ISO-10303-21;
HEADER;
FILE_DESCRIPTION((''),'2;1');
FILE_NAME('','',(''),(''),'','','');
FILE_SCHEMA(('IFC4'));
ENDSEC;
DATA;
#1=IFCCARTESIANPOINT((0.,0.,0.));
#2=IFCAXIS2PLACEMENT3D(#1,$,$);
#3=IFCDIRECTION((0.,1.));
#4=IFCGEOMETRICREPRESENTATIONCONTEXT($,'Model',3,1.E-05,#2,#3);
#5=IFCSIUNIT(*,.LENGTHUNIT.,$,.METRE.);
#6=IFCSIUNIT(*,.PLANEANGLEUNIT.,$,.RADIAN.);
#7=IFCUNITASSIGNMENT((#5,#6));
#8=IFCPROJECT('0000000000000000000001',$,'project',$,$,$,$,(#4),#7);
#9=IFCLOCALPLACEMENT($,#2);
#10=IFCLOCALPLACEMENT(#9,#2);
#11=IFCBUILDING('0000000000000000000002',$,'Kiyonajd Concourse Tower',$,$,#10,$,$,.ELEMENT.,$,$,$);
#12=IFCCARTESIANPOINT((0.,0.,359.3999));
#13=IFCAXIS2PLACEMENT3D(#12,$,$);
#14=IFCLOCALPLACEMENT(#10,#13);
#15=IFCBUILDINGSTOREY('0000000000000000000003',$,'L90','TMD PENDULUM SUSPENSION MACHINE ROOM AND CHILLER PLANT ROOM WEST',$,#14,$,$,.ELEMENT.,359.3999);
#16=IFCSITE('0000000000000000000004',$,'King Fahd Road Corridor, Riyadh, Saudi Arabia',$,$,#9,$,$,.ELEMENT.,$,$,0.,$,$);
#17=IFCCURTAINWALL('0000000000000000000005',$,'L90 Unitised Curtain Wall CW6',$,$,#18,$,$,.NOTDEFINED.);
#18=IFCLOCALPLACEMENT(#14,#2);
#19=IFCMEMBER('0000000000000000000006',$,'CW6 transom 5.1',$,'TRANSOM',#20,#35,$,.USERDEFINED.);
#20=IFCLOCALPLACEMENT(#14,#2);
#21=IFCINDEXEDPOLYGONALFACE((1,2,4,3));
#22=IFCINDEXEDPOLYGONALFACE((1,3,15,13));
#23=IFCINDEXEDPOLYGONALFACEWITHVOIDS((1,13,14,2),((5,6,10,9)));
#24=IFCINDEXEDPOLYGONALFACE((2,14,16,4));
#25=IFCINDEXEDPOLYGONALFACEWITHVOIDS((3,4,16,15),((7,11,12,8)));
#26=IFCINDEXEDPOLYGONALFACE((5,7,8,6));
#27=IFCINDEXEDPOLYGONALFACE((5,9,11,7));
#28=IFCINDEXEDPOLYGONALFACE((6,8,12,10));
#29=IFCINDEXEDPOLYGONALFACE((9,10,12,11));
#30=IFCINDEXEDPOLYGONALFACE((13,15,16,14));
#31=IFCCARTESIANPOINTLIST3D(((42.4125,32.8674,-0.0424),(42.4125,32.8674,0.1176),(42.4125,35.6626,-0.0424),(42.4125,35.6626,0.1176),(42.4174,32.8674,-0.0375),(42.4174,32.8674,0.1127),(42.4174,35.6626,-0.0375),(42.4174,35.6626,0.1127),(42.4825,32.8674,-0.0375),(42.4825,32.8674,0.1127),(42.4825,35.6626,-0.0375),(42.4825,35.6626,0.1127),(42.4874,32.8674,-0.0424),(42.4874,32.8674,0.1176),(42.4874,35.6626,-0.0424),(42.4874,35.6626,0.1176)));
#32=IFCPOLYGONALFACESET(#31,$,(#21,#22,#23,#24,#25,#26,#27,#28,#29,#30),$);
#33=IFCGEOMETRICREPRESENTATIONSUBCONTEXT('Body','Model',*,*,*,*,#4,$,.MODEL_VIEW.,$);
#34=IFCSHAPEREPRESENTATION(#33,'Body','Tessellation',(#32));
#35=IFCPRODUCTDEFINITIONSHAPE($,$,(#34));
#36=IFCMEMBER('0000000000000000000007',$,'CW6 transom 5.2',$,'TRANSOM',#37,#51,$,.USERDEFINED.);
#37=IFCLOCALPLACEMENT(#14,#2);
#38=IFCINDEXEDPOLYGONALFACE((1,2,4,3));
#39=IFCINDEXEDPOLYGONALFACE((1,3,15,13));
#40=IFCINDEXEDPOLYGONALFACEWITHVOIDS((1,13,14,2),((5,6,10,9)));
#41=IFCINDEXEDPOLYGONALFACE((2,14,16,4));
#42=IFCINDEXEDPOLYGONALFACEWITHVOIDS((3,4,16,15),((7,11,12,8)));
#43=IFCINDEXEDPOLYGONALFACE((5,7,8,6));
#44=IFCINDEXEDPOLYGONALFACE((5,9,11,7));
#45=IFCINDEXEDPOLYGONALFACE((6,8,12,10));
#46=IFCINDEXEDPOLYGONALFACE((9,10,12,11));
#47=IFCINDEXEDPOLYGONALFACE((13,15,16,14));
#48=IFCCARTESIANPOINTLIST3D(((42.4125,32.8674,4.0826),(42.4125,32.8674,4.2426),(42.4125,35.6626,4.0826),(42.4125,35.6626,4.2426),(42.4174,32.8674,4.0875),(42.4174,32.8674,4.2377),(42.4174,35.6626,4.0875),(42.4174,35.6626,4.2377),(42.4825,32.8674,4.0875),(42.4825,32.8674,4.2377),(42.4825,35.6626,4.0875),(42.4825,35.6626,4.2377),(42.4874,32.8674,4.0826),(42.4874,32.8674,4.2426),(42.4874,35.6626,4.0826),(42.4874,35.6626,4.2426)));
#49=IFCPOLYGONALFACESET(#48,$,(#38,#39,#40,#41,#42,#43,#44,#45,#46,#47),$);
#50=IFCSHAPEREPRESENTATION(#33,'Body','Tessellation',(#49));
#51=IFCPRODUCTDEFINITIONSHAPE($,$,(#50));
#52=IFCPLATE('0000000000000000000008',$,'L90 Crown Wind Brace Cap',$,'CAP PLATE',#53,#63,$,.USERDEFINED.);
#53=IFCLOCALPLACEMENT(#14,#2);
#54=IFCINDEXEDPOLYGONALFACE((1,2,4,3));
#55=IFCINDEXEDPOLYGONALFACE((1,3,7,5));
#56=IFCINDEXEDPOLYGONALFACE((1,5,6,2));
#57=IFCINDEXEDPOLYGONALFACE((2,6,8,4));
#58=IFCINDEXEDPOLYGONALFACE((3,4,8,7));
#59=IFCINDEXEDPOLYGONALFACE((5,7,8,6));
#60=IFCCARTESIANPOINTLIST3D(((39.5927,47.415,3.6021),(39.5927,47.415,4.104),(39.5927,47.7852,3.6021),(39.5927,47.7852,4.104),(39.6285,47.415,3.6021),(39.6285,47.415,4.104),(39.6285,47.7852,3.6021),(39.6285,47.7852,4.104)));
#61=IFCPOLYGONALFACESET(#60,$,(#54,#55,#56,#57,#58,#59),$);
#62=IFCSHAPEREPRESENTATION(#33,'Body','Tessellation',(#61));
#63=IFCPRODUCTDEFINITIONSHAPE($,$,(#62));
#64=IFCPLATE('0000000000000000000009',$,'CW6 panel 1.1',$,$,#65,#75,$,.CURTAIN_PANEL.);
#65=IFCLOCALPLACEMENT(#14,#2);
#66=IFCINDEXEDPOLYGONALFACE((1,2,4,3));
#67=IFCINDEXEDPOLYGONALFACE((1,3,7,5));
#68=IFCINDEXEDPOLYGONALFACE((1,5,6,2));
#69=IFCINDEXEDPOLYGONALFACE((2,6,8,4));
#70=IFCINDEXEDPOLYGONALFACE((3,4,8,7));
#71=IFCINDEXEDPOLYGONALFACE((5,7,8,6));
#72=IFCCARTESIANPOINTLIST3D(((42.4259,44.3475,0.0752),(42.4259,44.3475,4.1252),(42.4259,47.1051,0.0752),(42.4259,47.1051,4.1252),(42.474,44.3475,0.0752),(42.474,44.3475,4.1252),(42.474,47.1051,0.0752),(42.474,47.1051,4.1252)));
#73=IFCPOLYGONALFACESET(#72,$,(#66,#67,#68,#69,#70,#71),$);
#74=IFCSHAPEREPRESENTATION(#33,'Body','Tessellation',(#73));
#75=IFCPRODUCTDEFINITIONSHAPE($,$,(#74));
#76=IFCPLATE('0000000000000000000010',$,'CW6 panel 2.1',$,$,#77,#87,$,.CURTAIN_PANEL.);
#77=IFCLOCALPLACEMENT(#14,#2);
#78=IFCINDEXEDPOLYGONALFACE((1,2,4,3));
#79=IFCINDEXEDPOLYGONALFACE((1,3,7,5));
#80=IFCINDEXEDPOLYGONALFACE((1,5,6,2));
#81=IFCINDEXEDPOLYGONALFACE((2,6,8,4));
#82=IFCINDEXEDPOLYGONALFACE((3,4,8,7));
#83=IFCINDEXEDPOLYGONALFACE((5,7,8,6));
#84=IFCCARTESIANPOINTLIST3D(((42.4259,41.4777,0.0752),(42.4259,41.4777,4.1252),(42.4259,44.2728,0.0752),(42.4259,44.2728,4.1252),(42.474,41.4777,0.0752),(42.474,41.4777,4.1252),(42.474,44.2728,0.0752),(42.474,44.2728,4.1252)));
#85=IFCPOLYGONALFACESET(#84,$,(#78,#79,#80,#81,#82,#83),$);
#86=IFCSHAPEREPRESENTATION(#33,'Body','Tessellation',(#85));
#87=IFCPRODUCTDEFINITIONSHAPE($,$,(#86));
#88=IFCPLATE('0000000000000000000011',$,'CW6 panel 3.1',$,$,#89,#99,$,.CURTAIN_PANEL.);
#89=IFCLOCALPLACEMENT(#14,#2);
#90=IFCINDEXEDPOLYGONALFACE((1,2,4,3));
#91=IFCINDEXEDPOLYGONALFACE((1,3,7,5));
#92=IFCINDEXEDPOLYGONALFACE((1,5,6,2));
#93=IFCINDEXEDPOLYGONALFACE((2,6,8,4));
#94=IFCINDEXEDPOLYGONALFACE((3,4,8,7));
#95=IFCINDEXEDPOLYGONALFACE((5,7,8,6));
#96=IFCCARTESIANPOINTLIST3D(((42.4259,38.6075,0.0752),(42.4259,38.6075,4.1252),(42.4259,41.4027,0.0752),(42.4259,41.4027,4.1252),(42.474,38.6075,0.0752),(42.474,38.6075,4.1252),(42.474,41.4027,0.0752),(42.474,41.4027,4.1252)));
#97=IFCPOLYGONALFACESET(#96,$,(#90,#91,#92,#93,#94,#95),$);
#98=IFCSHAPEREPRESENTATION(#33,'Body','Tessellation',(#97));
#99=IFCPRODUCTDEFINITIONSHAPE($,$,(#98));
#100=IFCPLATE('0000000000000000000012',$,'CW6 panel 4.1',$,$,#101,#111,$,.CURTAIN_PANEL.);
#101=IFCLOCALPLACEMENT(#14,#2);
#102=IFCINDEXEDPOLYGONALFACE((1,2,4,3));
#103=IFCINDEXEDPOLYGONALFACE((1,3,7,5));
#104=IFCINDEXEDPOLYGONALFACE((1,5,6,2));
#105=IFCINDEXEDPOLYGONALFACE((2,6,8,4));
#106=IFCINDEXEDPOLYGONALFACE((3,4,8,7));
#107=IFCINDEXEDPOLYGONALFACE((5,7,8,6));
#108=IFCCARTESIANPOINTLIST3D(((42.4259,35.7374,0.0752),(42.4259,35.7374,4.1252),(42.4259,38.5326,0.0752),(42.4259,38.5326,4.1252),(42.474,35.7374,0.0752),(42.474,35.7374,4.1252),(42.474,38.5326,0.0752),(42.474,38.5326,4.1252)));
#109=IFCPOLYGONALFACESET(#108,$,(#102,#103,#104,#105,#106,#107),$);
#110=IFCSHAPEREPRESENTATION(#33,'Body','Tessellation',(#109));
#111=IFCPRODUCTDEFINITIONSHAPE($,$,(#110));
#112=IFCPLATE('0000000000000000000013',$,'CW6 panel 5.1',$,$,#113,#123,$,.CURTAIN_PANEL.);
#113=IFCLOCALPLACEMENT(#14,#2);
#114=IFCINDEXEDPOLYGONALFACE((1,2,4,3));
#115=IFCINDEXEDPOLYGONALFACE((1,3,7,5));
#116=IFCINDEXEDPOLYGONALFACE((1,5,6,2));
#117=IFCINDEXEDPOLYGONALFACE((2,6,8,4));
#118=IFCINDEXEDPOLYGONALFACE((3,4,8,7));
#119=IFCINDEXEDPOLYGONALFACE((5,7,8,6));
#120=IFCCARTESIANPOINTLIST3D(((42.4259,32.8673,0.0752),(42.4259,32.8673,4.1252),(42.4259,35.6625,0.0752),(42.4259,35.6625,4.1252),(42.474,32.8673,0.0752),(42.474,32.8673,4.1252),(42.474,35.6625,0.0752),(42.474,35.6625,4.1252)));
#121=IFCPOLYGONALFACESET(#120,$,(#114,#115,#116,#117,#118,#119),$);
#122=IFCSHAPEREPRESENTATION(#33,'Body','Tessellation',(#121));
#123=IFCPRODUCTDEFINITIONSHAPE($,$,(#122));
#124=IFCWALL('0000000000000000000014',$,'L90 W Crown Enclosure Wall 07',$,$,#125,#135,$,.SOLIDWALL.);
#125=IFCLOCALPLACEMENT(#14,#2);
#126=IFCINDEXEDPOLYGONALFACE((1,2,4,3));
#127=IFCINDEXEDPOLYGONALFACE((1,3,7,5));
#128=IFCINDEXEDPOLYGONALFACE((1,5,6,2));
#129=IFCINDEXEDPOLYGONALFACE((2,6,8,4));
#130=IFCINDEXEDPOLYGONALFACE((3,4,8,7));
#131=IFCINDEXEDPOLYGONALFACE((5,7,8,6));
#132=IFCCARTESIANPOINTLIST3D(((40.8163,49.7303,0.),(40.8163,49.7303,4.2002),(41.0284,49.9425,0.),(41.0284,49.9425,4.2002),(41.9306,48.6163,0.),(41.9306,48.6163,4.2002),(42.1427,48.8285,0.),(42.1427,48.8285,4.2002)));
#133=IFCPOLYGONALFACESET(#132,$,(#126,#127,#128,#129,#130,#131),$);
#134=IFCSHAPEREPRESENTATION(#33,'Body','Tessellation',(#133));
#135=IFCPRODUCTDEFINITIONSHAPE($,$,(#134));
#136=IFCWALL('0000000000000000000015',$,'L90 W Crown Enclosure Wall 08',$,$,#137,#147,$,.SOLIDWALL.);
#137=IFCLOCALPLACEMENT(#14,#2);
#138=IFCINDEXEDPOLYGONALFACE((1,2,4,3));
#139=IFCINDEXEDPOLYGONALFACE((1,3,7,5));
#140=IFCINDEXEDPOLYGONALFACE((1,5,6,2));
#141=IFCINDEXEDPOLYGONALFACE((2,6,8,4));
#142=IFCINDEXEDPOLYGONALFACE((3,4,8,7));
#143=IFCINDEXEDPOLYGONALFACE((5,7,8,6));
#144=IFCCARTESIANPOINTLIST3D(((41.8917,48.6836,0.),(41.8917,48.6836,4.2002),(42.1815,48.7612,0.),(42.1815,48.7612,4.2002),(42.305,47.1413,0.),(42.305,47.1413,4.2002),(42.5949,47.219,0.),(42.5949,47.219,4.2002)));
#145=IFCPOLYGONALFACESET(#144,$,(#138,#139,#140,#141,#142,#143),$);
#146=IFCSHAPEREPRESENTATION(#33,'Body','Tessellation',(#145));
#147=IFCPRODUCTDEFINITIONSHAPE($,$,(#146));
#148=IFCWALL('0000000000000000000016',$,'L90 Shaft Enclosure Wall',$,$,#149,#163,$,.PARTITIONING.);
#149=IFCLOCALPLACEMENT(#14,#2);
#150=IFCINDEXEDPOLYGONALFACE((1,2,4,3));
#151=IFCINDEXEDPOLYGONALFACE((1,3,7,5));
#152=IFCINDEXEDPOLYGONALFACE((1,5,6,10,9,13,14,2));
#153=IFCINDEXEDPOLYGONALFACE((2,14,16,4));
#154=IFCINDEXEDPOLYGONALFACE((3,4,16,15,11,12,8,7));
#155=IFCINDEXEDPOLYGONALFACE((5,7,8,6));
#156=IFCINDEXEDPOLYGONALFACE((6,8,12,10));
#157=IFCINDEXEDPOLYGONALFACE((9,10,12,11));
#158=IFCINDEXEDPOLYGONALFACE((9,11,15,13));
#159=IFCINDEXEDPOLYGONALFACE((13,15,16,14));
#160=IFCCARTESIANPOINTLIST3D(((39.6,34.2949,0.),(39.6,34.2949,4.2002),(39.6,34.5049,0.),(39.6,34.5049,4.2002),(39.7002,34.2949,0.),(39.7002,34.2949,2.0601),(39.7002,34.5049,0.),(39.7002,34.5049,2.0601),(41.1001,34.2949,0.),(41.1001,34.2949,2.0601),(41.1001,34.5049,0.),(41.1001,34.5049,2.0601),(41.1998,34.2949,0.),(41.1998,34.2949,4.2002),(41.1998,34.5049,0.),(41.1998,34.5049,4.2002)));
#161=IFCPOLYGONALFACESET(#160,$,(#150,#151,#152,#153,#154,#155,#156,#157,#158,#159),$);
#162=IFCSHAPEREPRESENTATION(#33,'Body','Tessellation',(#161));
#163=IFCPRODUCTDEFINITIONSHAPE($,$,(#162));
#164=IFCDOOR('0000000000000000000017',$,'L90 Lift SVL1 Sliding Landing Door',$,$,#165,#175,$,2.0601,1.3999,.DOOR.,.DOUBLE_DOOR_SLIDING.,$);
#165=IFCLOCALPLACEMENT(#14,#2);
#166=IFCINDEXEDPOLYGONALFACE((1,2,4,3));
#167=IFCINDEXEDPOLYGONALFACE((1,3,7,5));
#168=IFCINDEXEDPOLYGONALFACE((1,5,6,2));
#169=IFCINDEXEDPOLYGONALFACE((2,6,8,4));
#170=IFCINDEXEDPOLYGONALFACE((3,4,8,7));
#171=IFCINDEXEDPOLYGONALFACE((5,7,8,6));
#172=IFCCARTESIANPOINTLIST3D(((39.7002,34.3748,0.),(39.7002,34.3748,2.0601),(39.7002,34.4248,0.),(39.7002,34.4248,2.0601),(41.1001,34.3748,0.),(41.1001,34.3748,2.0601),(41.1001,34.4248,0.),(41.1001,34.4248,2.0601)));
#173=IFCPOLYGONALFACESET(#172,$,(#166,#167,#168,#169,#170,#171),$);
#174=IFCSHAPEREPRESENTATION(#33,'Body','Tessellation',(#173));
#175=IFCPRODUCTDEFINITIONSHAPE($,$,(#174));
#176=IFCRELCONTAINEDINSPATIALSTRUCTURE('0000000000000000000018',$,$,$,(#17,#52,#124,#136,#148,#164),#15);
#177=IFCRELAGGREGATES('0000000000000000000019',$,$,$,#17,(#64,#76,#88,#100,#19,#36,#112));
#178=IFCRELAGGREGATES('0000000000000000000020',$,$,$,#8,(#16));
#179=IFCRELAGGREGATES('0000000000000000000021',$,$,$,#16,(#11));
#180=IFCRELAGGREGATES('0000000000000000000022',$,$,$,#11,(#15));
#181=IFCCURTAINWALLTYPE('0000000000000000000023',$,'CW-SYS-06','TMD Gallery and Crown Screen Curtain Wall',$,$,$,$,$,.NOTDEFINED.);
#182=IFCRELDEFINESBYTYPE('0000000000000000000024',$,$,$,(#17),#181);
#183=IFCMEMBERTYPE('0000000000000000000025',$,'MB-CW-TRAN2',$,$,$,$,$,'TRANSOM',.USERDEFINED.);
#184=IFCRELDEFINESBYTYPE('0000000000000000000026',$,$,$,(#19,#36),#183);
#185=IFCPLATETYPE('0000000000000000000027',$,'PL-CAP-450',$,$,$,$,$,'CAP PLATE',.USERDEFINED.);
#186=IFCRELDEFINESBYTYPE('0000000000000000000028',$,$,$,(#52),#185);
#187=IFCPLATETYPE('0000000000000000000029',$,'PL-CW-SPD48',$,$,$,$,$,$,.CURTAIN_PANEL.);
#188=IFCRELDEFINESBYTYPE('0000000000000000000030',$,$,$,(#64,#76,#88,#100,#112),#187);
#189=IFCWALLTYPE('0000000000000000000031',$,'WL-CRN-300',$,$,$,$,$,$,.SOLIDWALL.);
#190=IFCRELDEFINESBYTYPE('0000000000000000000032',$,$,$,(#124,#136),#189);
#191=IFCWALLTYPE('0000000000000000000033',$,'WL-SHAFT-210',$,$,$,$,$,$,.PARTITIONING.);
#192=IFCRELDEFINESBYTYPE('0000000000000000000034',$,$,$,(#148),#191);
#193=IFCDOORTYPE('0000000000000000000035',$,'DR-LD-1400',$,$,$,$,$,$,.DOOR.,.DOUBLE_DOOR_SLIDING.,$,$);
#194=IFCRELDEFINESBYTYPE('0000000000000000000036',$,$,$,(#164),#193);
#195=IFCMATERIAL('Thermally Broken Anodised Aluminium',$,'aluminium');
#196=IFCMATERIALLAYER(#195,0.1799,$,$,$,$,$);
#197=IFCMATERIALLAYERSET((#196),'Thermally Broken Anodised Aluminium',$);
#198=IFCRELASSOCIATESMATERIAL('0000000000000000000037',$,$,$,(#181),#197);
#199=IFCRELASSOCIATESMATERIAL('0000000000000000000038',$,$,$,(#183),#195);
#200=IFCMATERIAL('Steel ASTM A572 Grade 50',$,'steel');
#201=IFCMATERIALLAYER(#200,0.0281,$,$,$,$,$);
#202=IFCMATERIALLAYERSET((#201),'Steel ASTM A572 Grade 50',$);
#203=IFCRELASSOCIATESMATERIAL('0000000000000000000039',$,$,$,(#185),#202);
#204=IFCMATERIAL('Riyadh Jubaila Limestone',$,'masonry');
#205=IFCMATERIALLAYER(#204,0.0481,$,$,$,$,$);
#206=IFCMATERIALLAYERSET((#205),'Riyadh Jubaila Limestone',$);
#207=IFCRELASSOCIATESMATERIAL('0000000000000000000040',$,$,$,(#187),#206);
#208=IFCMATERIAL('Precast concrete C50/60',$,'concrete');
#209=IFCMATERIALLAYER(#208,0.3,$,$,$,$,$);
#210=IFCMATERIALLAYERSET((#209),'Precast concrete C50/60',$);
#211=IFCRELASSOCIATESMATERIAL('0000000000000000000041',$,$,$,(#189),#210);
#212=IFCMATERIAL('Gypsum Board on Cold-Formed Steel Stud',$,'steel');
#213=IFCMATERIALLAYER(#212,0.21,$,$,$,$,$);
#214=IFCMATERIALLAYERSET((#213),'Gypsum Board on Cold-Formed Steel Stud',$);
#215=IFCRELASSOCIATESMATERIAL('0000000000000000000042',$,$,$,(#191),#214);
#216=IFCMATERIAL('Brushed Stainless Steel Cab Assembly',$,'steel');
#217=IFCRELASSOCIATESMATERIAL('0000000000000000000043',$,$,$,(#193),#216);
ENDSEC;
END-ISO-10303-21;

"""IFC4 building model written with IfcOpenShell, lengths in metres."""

from ifc_helpers import new_model, si_unit, direction, frame, frame_2d, origin, origin_2d, place, context, subcontext, project, spatial, rectangle, hollow_rectangle, extrude, material, layer, layer_set, material_profile, profile_set, type_object, element, fill, aggregate, save


model = new_model("IFC4")

# Units and contexts
model_context = context("Model", 3, precision=1e-05, world=origin(), true_north=direction((0.0, 1.0)))
body_context = subcontext(model_context, "Body", "Model", "MODEL_VIEW")
ifc_project = project(units=[si_unit("LENGTHUNIT", "METRE"), si_unit("PLANEANGLEUNIT", "RADIAN")], contexts=[model_context])

# Site, building, storey
site_placement = place(None, origin())
site = spatial("IfcSite", under=ifc_project, at=site_placement, Name="King Fahd Road Corridor, Riyadh, Saudi Arabia", CompositionType="ELEMENT", RefElevation=0.0)
building_placement = place(site_placement, origin())
building = spatial("IfcBuilding", under=site, at=building_placement, Name="Kiyonajd Concourse Tower", CompositionType="ELEMENT")
storey_placement = place(building_placement, frame((0.0, 0.0, 359.3999)))
storey = spatial("IfcBuildingStorey", under=building, at=storey_placement, Name="L90", Description="TMD PENDULUM SUSPENSION MACHINE ROOM AND CHILLER PLANT ROOM WEST", CompositionType="ELEMENT", Elevation=359.3999)

# Shared definitions
ifc_material_1 = material(Name="Steel ASTM A572 Grade 50", Category="steel")

# Curtain wall
ifc_material_2 = material(Name="Thermally Broken Anodised Aluminium", Category="aluminium")
ifc_layer_1 = layer(ifc_material_2, 0.1799)
ifc_layer_set_1 = layer_set([ifc_layer_1], Name="Thermally Broken Anodised Aluminium")
curtain_wall_type = type_object("IfcCurtainWallType", Name="CW-SYS-06", Description="TMD Gallery and Crown Screen Curtain Wall", PredefinedType="NOTDEFINED", material=ifc_layer_set_1)
curtain_wall_1_placement = place(storey_placement, origin())
curtain_wall_1 = element("IfcCurtainWall", 1, at=curtain_wall_1_placement, inside=storey, type_object=curtain_wall_type, Name="L90 Unitised Curtain Wall CW6", PredefinedType="NOTDEFINED")

# Members
ifc_material_profile_1 = material_profile(ifc_material_2, hollow_rectangle(XDim=0.075, YDim=0.1599, WallThickness=0.0049, at=origin_2d()), Name="TRAN-75x160")
ifc_profile_set_1 = profile_set([ifc_material_profile_1], Name="Thermally Broken Anodised Aluminium")
member_type_1 = type_object("IfcMemberType", Name="MB-CW-TRAN2", ElementType="TRANSOM", PredefinedType="USERDEFINED", material=ifc_profile_set_1)
member_1_placement = place(storey_placement, frame((42.45, 35.6626, 0.0376), z_axis=(0.0, -1.0, 0.0), x_axis=(1.0, 0.0, 0.0)))
member_1 = element("IfcMember", 2, at=member_1_placement, type_object=member_type_1, Name="CW6 transom 5.1", ObjectType="TRANSOM", PredefinedType="USERDEFINED", context=body_context, shape_type="SweptSolid", body=[
    extrude(hollow_rectangle(XDim=0.075, YDim=0.1599, WallThickness=0.0049, at=origin_2d()), origin(), (0.0, 0.0, 1.0), 2.7952),
])
member_2_placement = place(storey_placement, frame((42.45, 35.6626, 4.1626), z_axis=(0.0, -1.0, 0.0), x_axis=(1.0, 0.0, 0.0)))
member_2 = element("IfcMember", 3, at=member_2_placement, type_object=member_type_1, Name="CW6 transom 5.2", ObjectType="TRANSOM", PredefinedType="USERDEFINED", context=body_context, shape_type="SweptSolid", body=[
    extrude(hollow_rectangle(XDim=0.075, YDim=0.1599, WallThickness=0.0049, at=origin_2d()), origin(), (0.0, 0.0, 1.0), 2.7952),
])

# Plates
ifc_layer_2 = layer(ifc_material_1, 0.0281)
ifc_layer_set_2 = layer_set([ifc_layer_2], Name="Steel ASTM A572 Grade 50")
plate_type_1 = type_object("IfcPlateType", Name="PL-CAP-450", ElementType="CAP PLATE", PredefinedType="USERDEFINED", material=ifc_layer_set_2)
plate_1_placement = place(storey_placement, frame((39.6106, 47.6001, 3.6021), z_axis=(0.0, 0.0, 1.0), x_axis=(1.0, 0.0, 0.0)))
element("IfcPlate", 4, at=plate_1_placement, inside=storey, type_object=plate_type_1, Name="L90 Crown Wind Brace Cap", ObjectType="CAP PLATE", PredefinedType="USERDEFINED", context=body_context, shape_type="SweptSolid", body=[
    extrude(rectangle(XDim=0.0359, YDim=0.3701, at=origin_2d()), origin(), (0.0, 0.0, 1.0), 0.502),
])
ifc_material_3 = material(Name="Riyadh Jubaila Limestone", Category="masonry")
ifc_layer_3 = layer(ifc_material_3, 0.0481)
ifc_layer_set_3 = layer_set([ifc_layer_3], Name="Riyadh Jubaila Limestone")
plate_type_2 = type_object("IfcPlateType", Name="PL-CW-SPD48", PredefinedType="CURTAIN_PANEL", material=ifc_layer_set_3)
plate_2_placement = place(storey_placement, frame((42.45, 45.7263, 0.0752), z_axis=(0.0, 0.0, 1.0), x_axis=(0.0, -1.0, 0.0)))
plate_2 = element("IfcPlate", 5, at=plate_2_placement, type_object=plate_type_2, Name="CW6 panel 1.1", PredefinedType="CURTAIN_PANEL", context=body_context, shape_type="SweptSolid", body=[
    extrude(rectangle(XDim=2.7576, YDim=0.0481, at=origin_2d()), origin(), (0.0, 0.0, 1.0), 4.05),
])
plate_3_placement = place(storey_placement, frame((42.45, 42.8752, 0.0752), z_axis=(0.0, 0.0, 1.0), x_axis=(0.0, -1.0, 0.0)))
plate_3 = element("IfcPlate", 6, at=plate_3_placement, type_object=plate_type_2, Name="CW6 panel 2.1", PredefinedType="CURTAIN_PANEL", context=body_context, shape_type="SweptSolid", body=[
    extrude(rectangle(XDim=2.7952, YDim=0.0481, at=origin_2d()), origin(), (0.0, 0.0, 1.0), 4.05),
])
plate_4_placement = place(storey_placement, frame((42.45, 40.0051, 0.0752), z_axis=(0.0, 0.0, 1.0), x_axis=(0.0, -1.0, 0.0)))
plate_4 = element("IfcPlate", 7, at=plate_4_placement, type_object=plate_type_2, Name="CW6 panel 3.1", PredefinedType="CURTAIN_PANEL", context=body_context, shape_type="SweptSolid", body=[
    extrude(rectangle(XDim=2.7952, YDim=0.0481, at=origin_2d()), origin(), (0.0, 0.0, 1.0), 4.05),
])
plate_5_placement = place(storey_placement, frame((42.45, 37.135, 0.0752), z_axis=(0.0, 0.0, 1.0), x_axis=(0.0, -1.0, 0.0)))
plate_5 = element("IfcPlate", 8, at=plate_5_placement, type_object=plate_type_2, Name="CW6 panel 4.1", PredefinedType="CURTAIN_PANEL", context=body_context, shape_type="SweptSolid", body=[
    extrude(rectangle(XDim=2.7952, YDim=0.0481, at=origin_2d()), origin(), (0.0, 0.0, 1.0), 4.05),
])
plate_6_placement = place(storey_placement, frame((42.45, 34.2649, 0.0752), z_axis=(0.0, 0.0, 1.0), x_axis=(0.0, -1.0, 0.0)))
plate_6 = element("IfcPlate", 9, at=plate_6_placement, type_object=plate_type_2, Name="CW6 panel 5.1", PredefinedType="CURTAIN_PANEL", context=body_context, shape_type="SweptSolid", body=[
    extrude(rectangle(XDim=2.7952, YDim=0.0481, at=origin_2d()), origin(), (0.0, 0.0, 1.0), 4.05),
])
aggregate(curtain_wall_1, [plate_2, plate_3, plate_4, plate_5, member_1, member_2, plate_6])

# Walls
ifc_material_4 = material(Name="Precast concrete C50/60", Category="concrete")
ifc_layer_4 = layer(ifc_material_4, 0.3)
ifc_layer_set_4 = layer_set([ifc_layer_4], Name="Precast concrete C50/60")
wall_type_1 = type_object("IfcWallType", Name="WL-CRN-300", PredefinedType="SOLIDWALL", material=ifc_layer_set_4)
wall_1_placement = place(storey_placement, frame((40.9224, 49.8364, 0.0), z_axis=(0.0, 0.0, 1.0), x_axis=(0.707184, -0.707029, 0.0)))
element("IfcWall", 10, at=wall_1_placement, inside=storey, type_object=wall_type_1, Name="L90 W Crown Enclosure Wall 07", PredefinedType="SOLIDWALL", context=body_context, shape_type="SweptSolid", body=[
    extrude(rectangle(XDim=1.5757, YDim=0.3, at=frame_2d((0.7878, 0.0))), origin(), (0.0, 0.0, 1.0), 4.2002),
])
wall_2_placement = place(storey_placement, frame((42.0366, 48.7224, 0.0), z_axis=(0.0, 0.0, 1.0), x_axis=(0.258871, -0.965912, 0.0)))
element("IfcWall", 11, at=wall_2_placement, inside=storey, type_object=wall_type_1, Name="L90 W Crown Enclosure Wall 08", PredefinedType="SOLIDWALL", context=body_context, shape_type="SweptSolid", body=[
    extrude(rectangle(XDim=1.5967, YDim=0.3, at=frame_2d((0.7983, 0.0))), origin(), (0.0, 0.0, 1.0), 4.2002),
])

# Wall, opening, door
ifc_material_5 = material(Name="Gypsum Board on Cold-Formed Steel Stud", Category="steel")
ifc_layer_5 = layer(ifc_material_5, 0.21)
ifc_layer_set_5 = layer_set([ifc_layer_5], Name="Gypsum Board on Cold-Formed Steel Stud")
wall_type_2 = type_object("IfcWallType", Name="WL-SHAFT-210", PredefinedType="PARTITIONING", material=ifc_layer_set_5)
wall_3_placement = place(storey_placement, frame((39.6001, 34.3999, 0.0), z_axis=(0.0, 0.0, 1.0), x_axis=(1.0, 0.0, 0.0)))
wall_3 = element("IfcWall", 12, at=wall_3_placement, inside=storey, type_object=wall_type_2, Name="L90 Shaft Enclosure Wall", PredefinedType="PARTITIONING", context=body_context, shape_type="SweptSolid", body=[
    extrude(rectangle(XDim=1.5999, YDim=0.21, at=frame_2d((0.7998, 0.0))), origin(), (0.0, 0.0, 1.0), 4.2002),
])
opening_placement = place(wall_3_placement, frame((0.1001, 0.0, 0.0)))
opening = element("IfcOpeningElement", 13, at=opening_placement, cuts=wall_3, PredefinedType="OPENING", context=body_context, shape_type="SweptSolid", body=[
    extrude(rectangle(XDim=1.3999, YDim=2.0601, at=frame_2d((0.7, 1.03))), frame((0.0, 0.115, 0.0), z_axis=(0.0, -1.0, 0.0), x_axis=(1.0, 0.0, 0.0)), (0.0, 0.0, 1.0), 0.23),
])
ifc_material_6 = material(Name="Brushed Stainless Steel Cab Assembly", Category="steel")
door_type = type_object("IfcDoorType", Name="DR-LD-1400", OperationType="DOUBLE_DOOR_SLIDING", PredefinedType="DOOR", material=ifc_material_6)
door_placement = place(opening_placement, origin())
door = element("IfcDoor", 14, at=door_placement, inside=storey, type_object=door_type, Name="L90 Lift SVL1 Sliding Landing Door", OperationType="DOUBLE_DOOR_SLIDING", OverallHeight=2.0601, OverallWidth=1.3999, PredefinedType="DOOR", context=body_context, shape_type="SweptSolid", body=[
    extrude(rectangle(XDim=1.3999, YDim=2.0601, at=frame_2d((0.7, 1.03))), frame((0.0, 0.0249, 0.0), z_axis=(0.0, -1.0, 0.0), x_axis=(1.0, 0.0, 0.0)), (0.0, 0.0, 1.0), 0.05),
])
fill(opening, door)

save(model, "model.ifc")
